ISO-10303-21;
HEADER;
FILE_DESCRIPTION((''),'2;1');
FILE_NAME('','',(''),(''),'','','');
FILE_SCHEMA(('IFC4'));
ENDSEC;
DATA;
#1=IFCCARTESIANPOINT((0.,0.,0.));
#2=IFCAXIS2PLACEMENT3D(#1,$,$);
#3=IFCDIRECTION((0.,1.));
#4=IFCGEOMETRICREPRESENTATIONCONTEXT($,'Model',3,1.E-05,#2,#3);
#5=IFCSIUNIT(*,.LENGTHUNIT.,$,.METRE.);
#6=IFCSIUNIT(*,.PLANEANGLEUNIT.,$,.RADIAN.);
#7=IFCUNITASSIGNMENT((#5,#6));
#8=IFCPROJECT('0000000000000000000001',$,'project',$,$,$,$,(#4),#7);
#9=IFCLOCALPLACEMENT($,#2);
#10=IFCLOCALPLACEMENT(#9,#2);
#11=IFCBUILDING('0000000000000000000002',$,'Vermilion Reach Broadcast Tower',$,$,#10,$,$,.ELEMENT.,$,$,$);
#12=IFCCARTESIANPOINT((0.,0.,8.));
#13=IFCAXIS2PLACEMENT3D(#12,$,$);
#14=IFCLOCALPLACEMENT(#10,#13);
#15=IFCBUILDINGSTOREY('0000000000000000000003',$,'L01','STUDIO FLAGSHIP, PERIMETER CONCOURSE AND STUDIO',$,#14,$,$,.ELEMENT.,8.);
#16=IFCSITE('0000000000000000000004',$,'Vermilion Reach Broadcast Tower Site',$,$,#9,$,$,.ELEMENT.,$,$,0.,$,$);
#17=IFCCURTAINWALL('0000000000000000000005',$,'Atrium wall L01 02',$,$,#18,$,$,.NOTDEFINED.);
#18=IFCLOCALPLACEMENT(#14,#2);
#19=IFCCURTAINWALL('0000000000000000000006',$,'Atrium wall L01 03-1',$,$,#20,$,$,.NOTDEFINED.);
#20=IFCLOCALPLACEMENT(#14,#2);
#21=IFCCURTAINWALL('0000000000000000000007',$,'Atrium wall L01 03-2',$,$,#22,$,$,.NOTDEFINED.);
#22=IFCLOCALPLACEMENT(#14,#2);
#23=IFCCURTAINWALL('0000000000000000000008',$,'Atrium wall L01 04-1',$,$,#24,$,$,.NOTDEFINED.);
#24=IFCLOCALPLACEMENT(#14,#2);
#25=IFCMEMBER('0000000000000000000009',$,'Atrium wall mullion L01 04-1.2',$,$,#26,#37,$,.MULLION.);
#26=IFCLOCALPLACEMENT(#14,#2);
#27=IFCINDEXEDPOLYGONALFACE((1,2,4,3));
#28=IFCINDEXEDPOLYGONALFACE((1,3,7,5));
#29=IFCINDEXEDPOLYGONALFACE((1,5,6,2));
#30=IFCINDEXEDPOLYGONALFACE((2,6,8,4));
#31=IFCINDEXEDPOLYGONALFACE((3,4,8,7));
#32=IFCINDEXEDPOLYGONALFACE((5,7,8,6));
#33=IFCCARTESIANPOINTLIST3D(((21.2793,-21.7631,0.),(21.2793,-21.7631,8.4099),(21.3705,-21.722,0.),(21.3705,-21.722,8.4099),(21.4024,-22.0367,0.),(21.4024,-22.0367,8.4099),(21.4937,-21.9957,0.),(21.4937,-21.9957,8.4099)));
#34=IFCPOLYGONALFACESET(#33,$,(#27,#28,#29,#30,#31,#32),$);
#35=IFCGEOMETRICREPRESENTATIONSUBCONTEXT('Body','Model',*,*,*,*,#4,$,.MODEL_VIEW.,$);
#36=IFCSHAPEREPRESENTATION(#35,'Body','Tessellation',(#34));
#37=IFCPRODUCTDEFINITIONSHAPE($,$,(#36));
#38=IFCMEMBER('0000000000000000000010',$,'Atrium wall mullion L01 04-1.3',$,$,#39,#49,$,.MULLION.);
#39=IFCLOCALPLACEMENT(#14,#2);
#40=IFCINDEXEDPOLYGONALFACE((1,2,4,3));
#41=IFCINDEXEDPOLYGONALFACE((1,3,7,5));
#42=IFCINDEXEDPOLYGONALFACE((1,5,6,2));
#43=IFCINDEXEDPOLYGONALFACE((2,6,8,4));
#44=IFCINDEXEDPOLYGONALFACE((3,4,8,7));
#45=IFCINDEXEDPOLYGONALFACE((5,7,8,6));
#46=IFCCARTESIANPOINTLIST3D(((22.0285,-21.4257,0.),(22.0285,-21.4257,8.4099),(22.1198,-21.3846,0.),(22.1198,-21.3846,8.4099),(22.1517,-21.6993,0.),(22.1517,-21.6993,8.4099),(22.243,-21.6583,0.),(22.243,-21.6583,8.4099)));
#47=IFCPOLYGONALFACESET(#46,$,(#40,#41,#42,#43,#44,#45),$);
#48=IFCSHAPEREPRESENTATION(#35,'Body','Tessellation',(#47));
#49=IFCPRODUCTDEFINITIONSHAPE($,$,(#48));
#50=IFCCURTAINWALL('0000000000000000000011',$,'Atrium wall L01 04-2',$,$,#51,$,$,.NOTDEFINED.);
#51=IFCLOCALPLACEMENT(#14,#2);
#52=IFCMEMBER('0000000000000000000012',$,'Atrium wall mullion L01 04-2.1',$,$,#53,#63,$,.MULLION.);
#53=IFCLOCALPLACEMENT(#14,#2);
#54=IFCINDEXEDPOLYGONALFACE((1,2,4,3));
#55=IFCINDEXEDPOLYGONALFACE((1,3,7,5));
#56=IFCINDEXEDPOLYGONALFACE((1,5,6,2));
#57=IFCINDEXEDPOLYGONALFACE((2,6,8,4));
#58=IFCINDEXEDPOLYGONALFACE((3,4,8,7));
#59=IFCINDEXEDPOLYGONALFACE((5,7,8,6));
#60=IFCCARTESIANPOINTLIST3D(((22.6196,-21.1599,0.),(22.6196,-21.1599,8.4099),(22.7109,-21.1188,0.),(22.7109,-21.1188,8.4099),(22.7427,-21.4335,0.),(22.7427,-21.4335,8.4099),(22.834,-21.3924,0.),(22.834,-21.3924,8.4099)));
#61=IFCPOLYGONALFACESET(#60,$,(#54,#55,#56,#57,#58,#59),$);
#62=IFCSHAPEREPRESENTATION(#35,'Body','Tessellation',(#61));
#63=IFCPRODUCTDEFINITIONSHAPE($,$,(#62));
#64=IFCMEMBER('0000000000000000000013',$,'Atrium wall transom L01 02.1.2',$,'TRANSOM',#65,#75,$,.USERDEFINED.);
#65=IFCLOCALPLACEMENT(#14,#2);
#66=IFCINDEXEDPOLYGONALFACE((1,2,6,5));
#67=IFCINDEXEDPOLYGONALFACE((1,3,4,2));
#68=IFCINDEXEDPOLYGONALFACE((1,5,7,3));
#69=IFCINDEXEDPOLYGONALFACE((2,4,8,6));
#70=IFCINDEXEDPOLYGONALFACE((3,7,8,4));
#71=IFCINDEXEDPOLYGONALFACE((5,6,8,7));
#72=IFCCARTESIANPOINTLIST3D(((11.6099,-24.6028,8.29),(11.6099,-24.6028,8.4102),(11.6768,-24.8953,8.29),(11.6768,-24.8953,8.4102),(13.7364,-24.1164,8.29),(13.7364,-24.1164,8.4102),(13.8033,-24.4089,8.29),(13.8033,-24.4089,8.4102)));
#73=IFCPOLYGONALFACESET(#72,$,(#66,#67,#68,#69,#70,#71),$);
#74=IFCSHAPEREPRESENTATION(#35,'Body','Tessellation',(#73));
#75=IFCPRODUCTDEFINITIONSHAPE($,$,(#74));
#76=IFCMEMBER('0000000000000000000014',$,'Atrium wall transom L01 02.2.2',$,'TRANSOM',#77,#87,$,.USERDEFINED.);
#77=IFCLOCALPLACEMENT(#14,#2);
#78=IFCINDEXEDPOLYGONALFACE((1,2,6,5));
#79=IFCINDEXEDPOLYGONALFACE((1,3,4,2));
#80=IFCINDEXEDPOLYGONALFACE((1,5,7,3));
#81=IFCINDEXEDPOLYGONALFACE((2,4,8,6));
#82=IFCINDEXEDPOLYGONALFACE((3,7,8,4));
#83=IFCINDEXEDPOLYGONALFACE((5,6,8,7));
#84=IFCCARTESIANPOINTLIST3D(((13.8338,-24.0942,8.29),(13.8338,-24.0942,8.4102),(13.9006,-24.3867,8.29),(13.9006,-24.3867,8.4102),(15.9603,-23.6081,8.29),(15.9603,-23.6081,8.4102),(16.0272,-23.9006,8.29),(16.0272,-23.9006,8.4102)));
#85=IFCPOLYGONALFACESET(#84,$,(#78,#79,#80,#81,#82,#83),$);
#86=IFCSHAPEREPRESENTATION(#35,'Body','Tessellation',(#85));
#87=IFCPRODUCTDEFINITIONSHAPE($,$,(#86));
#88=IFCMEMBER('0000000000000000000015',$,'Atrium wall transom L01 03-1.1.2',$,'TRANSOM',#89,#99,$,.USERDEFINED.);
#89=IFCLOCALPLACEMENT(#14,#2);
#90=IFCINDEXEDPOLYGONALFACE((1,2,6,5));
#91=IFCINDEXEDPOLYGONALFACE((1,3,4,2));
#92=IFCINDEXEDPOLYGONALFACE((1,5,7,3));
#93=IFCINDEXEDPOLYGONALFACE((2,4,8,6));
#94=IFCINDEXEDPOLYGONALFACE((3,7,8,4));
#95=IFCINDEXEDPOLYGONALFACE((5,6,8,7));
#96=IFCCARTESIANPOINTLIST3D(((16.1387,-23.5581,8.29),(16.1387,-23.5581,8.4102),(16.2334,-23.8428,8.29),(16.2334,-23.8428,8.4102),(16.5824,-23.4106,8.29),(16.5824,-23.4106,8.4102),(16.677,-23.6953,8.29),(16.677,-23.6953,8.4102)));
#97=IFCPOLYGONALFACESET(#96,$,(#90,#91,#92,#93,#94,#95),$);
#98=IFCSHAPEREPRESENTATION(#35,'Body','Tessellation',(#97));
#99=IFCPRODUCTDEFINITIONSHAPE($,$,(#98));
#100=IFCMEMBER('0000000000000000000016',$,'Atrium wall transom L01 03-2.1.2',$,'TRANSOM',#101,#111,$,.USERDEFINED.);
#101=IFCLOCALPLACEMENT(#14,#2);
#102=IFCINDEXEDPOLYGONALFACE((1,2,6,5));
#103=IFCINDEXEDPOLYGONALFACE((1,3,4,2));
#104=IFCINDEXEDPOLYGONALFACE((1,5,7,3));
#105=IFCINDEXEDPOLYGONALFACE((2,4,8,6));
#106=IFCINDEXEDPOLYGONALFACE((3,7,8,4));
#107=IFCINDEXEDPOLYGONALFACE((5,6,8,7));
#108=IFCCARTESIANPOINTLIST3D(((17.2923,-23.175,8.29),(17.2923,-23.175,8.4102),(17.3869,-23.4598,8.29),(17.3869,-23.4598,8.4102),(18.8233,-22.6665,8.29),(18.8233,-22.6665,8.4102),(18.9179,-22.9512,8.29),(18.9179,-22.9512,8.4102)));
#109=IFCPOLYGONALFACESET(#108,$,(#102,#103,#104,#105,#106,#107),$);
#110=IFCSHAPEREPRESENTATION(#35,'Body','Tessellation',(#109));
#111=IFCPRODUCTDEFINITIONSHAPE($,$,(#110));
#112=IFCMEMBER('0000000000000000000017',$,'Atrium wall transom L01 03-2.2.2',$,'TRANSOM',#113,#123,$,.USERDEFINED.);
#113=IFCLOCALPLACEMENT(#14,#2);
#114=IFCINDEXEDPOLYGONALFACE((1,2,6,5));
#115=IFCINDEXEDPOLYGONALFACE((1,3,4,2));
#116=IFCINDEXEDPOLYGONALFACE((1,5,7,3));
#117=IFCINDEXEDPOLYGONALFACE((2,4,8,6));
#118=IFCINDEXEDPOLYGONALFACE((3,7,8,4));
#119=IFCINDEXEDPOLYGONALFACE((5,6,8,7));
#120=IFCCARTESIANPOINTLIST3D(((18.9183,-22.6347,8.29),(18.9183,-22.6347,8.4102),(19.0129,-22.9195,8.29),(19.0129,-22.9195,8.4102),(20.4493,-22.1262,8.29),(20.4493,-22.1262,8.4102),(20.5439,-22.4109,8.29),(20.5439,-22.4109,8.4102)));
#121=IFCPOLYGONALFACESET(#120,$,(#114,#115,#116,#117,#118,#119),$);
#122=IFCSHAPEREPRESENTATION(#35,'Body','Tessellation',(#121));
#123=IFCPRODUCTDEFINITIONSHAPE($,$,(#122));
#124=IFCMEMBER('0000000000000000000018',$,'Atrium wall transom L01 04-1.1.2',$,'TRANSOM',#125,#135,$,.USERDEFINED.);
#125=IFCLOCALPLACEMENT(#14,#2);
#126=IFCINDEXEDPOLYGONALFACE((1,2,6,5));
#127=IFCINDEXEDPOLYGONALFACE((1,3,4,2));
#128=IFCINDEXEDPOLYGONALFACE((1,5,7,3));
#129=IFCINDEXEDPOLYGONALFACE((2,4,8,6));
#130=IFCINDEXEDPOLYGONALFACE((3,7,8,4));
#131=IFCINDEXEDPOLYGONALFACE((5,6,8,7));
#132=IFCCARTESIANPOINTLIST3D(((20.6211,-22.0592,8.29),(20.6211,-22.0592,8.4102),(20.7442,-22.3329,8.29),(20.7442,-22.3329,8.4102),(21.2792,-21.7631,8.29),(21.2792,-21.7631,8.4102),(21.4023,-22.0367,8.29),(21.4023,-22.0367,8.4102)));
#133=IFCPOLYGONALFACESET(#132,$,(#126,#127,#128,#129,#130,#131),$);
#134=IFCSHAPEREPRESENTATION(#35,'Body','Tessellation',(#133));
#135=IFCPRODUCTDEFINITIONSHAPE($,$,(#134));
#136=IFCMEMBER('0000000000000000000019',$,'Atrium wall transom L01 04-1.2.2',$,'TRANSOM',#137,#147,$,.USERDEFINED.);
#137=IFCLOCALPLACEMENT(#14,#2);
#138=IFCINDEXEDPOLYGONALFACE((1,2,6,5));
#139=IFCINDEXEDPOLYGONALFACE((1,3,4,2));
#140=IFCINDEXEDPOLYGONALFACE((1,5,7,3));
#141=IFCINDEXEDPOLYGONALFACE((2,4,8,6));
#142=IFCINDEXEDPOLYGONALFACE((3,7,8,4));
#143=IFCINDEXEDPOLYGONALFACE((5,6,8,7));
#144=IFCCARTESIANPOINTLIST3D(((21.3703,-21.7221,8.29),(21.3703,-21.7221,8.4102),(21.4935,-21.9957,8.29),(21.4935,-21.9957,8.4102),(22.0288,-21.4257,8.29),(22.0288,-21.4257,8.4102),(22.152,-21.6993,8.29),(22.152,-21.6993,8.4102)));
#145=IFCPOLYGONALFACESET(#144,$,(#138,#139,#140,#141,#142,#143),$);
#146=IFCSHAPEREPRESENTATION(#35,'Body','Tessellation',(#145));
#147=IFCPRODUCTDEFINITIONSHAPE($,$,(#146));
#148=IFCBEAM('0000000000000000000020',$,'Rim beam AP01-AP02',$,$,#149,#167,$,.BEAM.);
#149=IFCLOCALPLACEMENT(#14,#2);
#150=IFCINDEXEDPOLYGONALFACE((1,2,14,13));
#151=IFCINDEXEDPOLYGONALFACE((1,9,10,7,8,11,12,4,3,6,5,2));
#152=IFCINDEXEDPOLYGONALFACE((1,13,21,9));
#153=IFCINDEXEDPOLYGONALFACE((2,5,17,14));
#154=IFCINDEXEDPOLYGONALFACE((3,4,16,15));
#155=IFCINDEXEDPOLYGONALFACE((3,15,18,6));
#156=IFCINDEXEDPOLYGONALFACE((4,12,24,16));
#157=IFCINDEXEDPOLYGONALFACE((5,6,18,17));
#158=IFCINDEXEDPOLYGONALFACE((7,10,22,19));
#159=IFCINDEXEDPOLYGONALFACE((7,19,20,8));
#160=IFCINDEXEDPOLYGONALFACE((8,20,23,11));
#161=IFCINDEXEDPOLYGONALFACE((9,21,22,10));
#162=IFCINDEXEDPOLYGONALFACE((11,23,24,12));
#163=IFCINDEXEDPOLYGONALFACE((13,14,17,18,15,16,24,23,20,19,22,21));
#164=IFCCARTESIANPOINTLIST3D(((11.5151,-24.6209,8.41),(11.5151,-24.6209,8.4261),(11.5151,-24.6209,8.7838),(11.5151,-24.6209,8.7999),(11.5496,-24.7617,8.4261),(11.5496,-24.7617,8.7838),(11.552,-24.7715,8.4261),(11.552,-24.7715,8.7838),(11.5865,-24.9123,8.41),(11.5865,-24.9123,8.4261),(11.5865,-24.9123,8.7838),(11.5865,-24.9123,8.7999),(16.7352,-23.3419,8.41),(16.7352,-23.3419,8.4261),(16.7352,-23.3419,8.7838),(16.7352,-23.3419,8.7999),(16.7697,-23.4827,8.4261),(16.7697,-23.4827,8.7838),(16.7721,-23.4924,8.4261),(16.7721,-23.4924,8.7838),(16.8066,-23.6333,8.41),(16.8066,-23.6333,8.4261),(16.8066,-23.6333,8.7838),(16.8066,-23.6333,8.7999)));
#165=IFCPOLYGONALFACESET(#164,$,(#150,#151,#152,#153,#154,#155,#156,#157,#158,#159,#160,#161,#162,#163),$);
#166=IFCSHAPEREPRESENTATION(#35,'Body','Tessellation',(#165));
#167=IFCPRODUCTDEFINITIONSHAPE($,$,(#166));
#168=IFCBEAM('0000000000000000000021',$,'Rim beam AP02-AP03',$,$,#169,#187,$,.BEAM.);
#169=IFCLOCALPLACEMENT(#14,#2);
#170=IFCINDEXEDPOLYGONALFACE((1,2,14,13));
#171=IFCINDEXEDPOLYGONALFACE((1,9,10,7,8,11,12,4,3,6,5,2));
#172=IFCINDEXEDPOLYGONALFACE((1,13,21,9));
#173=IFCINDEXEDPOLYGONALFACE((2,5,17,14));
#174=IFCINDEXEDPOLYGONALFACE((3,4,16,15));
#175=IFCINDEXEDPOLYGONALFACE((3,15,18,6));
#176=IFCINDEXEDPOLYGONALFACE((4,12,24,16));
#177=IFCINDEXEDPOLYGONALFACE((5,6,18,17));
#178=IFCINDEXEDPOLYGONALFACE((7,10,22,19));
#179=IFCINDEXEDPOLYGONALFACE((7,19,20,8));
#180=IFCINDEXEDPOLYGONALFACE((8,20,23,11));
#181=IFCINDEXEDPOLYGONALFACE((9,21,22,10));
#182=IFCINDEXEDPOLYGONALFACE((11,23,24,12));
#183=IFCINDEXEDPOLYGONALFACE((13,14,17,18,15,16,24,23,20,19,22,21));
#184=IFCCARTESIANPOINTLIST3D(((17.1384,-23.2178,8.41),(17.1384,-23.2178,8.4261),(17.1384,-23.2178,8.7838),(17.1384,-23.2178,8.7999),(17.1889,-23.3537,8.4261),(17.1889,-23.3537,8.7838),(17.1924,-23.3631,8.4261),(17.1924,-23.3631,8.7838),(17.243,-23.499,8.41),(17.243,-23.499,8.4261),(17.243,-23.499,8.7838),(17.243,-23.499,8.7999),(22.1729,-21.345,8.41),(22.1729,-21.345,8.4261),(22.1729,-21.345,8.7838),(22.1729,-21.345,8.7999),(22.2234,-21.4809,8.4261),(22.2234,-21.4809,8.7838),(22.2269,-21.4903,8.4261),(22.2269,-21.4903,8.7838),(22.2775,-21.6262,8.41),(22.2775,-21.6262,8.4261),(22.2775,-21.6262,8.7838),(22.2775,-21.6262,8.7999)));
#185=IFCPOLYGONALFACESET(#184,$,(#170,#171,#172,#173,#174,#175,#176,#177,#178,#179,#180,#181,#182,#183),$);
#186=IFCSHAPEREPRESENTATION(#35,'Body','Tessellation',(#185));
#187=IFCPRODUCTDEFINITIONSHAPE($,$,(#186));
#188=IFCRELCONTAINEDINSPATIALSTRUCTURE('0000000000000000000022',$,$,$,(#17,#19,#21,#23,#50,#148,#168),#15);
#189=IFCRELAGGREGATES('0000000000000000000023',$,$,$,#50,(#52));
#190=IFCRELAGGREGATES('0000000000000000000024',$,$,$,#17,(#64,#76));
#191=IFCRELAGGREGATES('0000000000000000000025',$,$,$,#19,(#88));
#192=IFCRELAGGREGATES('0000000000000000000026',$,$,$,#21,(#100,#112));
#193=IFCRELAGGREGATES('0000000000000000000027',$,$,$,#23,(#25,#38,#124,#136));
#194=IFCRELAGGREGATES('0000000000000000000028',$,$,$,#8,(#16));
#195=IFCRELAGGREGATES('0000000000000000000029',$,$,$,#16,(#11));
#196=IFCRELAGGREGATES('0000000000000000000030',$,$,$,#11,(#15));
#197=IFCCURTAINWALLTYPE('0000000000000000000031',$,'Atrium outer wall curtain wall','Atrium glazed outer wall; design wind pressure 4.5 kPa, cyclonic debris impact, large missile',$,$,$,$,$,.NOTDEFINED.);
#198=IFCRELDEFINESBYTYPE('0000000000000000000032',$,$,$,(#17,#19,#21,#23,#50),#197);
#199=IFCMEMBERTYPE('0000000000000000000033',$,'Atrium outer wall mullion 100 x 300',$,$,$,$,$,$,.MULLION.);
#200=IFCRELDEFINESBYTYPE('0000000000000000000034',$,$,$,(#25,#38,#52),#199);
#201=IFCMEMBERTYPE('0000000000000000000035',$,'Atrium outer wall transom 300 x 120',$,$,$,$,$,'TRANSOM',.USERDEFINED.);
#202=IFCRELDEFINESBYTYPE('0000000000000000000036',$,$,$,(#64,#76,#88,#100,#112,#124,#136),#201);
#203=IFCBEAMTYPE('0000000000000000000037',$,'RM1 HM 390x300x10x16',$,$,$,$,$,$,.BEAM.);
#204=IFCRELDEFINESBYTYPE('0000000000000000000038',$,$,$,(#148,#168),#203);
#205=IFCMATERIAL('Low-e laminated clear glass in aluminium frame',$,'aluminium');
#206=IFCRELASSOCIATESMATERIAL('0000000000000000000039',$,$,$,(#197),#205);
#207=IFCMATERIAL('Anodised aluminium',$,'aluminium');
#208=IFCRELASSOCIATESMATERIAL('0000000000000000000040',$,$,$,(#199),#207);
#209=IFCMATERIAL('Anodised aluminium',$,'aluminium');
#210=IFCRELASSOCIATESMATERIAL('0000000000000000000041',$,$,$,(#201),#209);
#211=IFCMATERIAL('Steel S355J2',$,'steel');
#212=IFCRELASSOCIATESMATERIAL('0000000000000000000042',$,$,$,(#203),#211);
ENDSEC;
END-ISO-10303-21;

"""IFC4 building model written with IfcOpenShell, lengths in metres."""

from ifc_helpers import new_model, si_unit, direction, frame, origin, origin_2d, place, context, subcontext, project, spatial, rectangle, i_section, extrude, material, material_profile, profile_set, type_object, element, aggregate, save


model = new_model("IFC4")

# Units and contexts
model_context = context("Model", 3, precision=1e-05, world=origin(), true_north=direction((0.0, 1.0)))
body_context = subcontext(model_context, "Body", "Model", "MODEL_VIEW")
ifc_project = project(units=[si_unit("LENGTHUNIT", "METRE"), si_unit("PLANEANGLEUNIT", "RADIAN")], contexts=[model_context])

# Site, building, storey
site_placement = place(None, origin())
site = spatial("IfcSite", under=ifc_project, at=site_placement, Name="Vermilion Reach Broadcast Tower Site", CompositionType="ELEMENT", RefElevation=0.0)
building_placement = place(site_placement, origin())
building = spatial("IfcBuilding", under=site, at=building_placement, Name="Vermilion Reach Broadcast Tower", CompositionType="ELEMENT")
storey_placement = place(building_placement, frame((0.0, 0.0, 8.0)))
storey = spatial("IfcBuildingStorey", under=building, at=storey_placement, Name="L01", Description="STUDIO FLAGSHIP, PERIMETER CONCOURSE AND STUDIO", CompositionType="ELEMENT", Elevation=8.0)

# Shared definitions
ifc_material_1 = material(Name="Low-e laminated clear glass in aluminium frame", Category="aluminium")
curtain_wall_type = type_object("IfcCurtainWallType", Name="Atrium outer wall curtain wall", Description="Atrium glazed outer wall; design wind pressure 4.5 kPa, cyclonic debris impact, large missile", PredefinedType="NOTDEFINED", material=ifc_material_1)
placement = place(storey_placement, origin())
ifc_material_2 = material(Name="Anodised aluminium", Category="aluminium")
ifc_material_profile_1 = material_profile(ifc_material_2, rectangle(XDim=0.3, YDim=0.1001, at=origin_2d()), Name="Atrium outer wall mullion 100 x 300")
ifc_profile_set_1 = profile_set([ifc_material_profile_1], Name="Anodised aluminium")
member_type_1 = type_object("IfcMemberType", Name="Atrium outer wall mullion 100 x 300", PredefinedType="MULLION", material=ifc_profile_set_1)

# Curtain walls, members
curtain_wall_1 = element("IfcCurtainWall", 1, at=placement, inside=storey, type_object=curtain_wall_type, Name="Atrium wall L01 02", PredefinedType="NOTDEFINED")
curtain_wall_2 = element("IfcCurtainWall", 2, at=placement, inside=storey, type_object=curtain_wall_type, Name="Atrium wall L01 03-1", PredefinedType="NOTDEFINED")
curtain_wall_3 = element("IfcCurtainWall", 3, at=placement, inside=storey, type_object=curtain_wall_type, Name="Atrium wall L01 03-2", PredefinedType="NOTDEFINED")
curtain_wall_4 = element("IfcCurtainWall", 4, at=placement, inside=storey, type_object=curtain_wall_type, Name="Atrium wall L01 04-1", PredefinedType="NOTDEFINED")
member_1_placement = place(storey_placement, frame((21.3865, -21.8794, 0.0), z_axis=(0.0, 0.0, 1.0), x_axis=(-0.410408, 0.911902, 0.0)))
member_1 = element("IfcMember", 5, at=member_1_placement, type_object=member_type_1, Name="Atrium wall mullion L01 04-1.2", PredefinedType="MULLION", context=body_context, shape_type="SweptSolid", body=[
    extrude(rectangle(XDim=0.3, YDim=0.1001, at=origin_2d()), origin(), (0.0, 0.0, 1.0), 8.4099),
])
member_2_placement = place(storey_placement, frame((22.1357, -21.542, 0.0), z_axis=(0.0, 0.0, 1.0), x_axis=(-0.410408, 0.911902, 0.0)))
member_2 = element("IfcMember", 6, at=member_2_placement, type_object=member_type_1, Name="Atrium wall mullion L01 04-1.3", PredefinedType="MULLION", context=body_context, shape_type="SweptSolid", body=[
    extrude(rectangle(XDim=0.3, YDim=0.1001, at=origin_2d()), origin(), (0.0, 0.0, 1.0), 8.4099),
])

# Curtain wall, member
curtain_wall_5 = element("IfcCurtainWall", 7, at=placement, inside=storey, type_object=curtain_wall_type, Name="Atrium wall L01 04-2", PredefinedType="NOTDEFINED")
member_3_placement = place(storey_placement, frame((22.7268, -21.2761, 0.0), z_axis=(0.0, 0.0, 1.0), x_axis=(-0.410408, 0.911902, 0.0)))
member_3 = element("IfcMember", 8, at=member_3_placement, type_object=member_type_1, Name="Atrium wall mullion L01 04-2.1", PredefinedType="MULLION", context=body_context, shape_type="SweptSolid", body=[
    extrude(rectangle(XDim=0.3, YDim=0.1001, at=origin_2d()), origin(), (0.0, 0.0, 1.0), 8.4099),
])
aggregate(curtain_wall_5, [member_3])

# Members
ifc_material_3 = material(Name="Anodised aluminium", Category="aluminium")
ifc_material_profile_2 = material_profile(ifc_material_3, rectangle(XDim=0.3, YDim=0.1201, at=origin_2d()), Name="Atrium outer wall transom 300 x 120")
ifc_profile_set_2 = profile_set([ifc_material_profile_2], Name="Anodised aluminium")
member_type_2 = type_object("IfcMemberType", Name="Atrium outer wall transom 300 x 120", ElementType="TRANSOM", PredefinedType="USERDEFINED", material=ifc_profile_set_2)
member_4_placement = place(storey_placement, frame((11.6433, -24.749, 8.3501), z_axis=(0.974831, 0.222946, 0.0), x_axis=(-0.222946, 0.974831, 0.0)))
member_4 = element("IfcMember", 9, at=member_4_placement, type_object=member_type_2, Name="Atrium wall transom L01 02.1.2", ObjectType="TRANSOM", PredefinedType="USERDEFINED", context=body_context, shape_type="SweptSolid", body=[
    extrude(rectangle(XDim=0.3, YDim=0.1201, at=origin_2d()), origin(), (0.0, 0.0, 1.0), 2.1814),
])
member_5_placement = place(storey_placement, frame((13.8672, -24.2405, 8.3501), z_axis=(0.974855, 0.22284, 0.0), x_axis=(-0.22284, 0.974855, 0.0)))
member_5 = element("IfcMember", 10, at=member_5_placement, type_object=member_type_2, Name="Atrium wall transom L01 02.2.2", ObjectType="TRANSOM", PredefinedType="USERDEFINED", context=body_context, shape_type="SweptSolid", body=[
    extrude(rectangle(XDim=0.3, YDim=0.1201, at=origin_2d()), origin(), (0.0, 0.0, 1.0), 2.1814),
])
member_6_placement = place(storey_placement, frame((16.186, -23.7004, 8.3501), z_axis=(0.948944, 0.315444, 0.0), x_axis=(-0.315444, 0.948944, 0.0)))
member_6 = element("IfcMember", 11, at=member_6_placement, type_object=member_type_2, Name="Atrium wall transom L01 03-1.1.2", ObjectType="TRANSOM", PredefinedType="USERDEFINED", context=body_context, shape_type="SweptSolid", body=[
    extrude(rectangle(XDim=0.3, YDim=0.1201, at=origin_2d()), origin(), (0.0, 0.0, 1.0), 0.4675),
])
member_7_placement = place(storey_placement, frame((17.3396, -23.3174, 8.3501), z_axis=(0.949016, 0.315229, 0.0), x_axis=(-0.315229, 0.949016, 0.0)))
member_7 = element("IfcMember", 12, at=member_7_placement, type_object=member_type_2, Name="Atrium wall transom L01 03-2.1.2", ObjectType="TRANSOM", PredefinedType="USERDEFINED", context=body_context, shape_type="SweptSolid", body=[
    extrude(rectangle(XDim=0.3, YDim=0.1201, at=origin_2d()), origin(), (0.0, 0.0, 1.0), 1.6133),
])
member_8_placement = place(storey_placement, frame((18.9656, -22.7771, 8.3501), z_axis=(0.949016, 0.315229, 0.0), x_axis=(-0.315229, 0.949016, 0.0)))
member_8 = element("IfcMember", 13, at=member_8_placement, type_object=member_type_2, Name="Atrium wall transom L01 03-2.2.2", ObjectType="TRANSOM", PredefinedType="USERDEFINED", context=body_context, shape_type="SweptSolid", body=[
    extrude(rectangle(XDim=0.3, YDim=0.1201, at=origin_2d()), origin(), (0.0, 0.0, 1.0), 1.6133),
])
member_9_placement = place(storey_placement, frame((20.6826, -22.196, 8.3501), z_axis=(0.911947, 0.410308, 0.0), x_axis=(-0.410308, 0.911947, 0.0)))
member_9 = element("IfcMember", 14, at=member_9_placement, type_object=member_type_2, Name="Atrium wall transom L01 04-1.1.2", ObjectType="TRANSOM", PredefinedType="USERDEFINED", context=body_context, shape_type="SweptSolid", body=[
    extrude(rectangle(XDim=0.3, YDim=0.1201, at=origin_2d()), origin(), (0.0, 0.0, 1.0), 0.7217),
])
member_10_placement = place(storey_placement, frame((21.4319, -21.8589, 8.3501), z_axis=(0.911877, 0.410463, 0.0), x_axis=(-0.410463, 0.911877, 0.0)))
member_10 = element("IfcMember", 15, at=member_10_placement, type_object=member_type_2, Name="Atrium wall transom L01 04-1.2.2", ObjectType="TRANSOM", PredefinedType="USERDEFINED", context=body_context, shape_type="SweptSolid", body=[
    extrude(rectangle(XDim=0.3, YDim=0.1201, at=origin_2d()), origin(), (0.0, 0.0, 1.0), 0.7222),
])

# Beams
ifc_material_4 = material(Name="Steel S355J2", Category="steel")
ifc_material_profile_3 = material_profile(ifc_material_4, i_section(OverallWidth=0.3, OverallDepth=0.3899, WebThickness=0.01, FlangeThickness=0.0161, at=origin_2d()), Name="S355J2 HM 390x300x10x16")
ifc_profile_set_3 = profile_set([ifc_material_profile_3], Name="Steel S355J2")
beam_type = type_object("IfcBeamType", Name="RM1 HM 390x300x10x16", PredefinedType="BEAM", material=ifc_profile_set_3)
beam_1_placement = place(storey_placement, frame((11.5508, -24.7666, 8.605), z_axis=(0.97127, 0.23798, 0.0), x_axis=(-0.23798, 0.97127, 0.0)))
element("IfcBeam", 16, at=beam_1_placement, inside=storey, type_object=beam_type, Name="Rim beam AP01-AP02", PredefinedType="BEAM", context=body_context, shape_type="SweptSolid", body=[
    extrude(i_section(OverallWidth=0.3, OverallDepth=0.3899, WebThickness=0.01, FlangeThickness=0.0161, at=origin_2d()), origin(), (0.0, 0.0, 1.0), 5.3745),
])
beam_2_placement = place(storey_placement, frame((17.1907, -23.3584, 8.605), z_axis=(0.937251, 0.348657, 0.0), x_axis=(-0.348657, 0.937251, 0.0)))
element("IfcBeam", 17, at=beam_2_placement, inside=storey, type_object=beam_type, Name="Rim beam AP02-AP03", PredefinedType="BEAM", context=body_context, shape_type="SweptSolid", body=[
    extrude(i_section(OverallWidth=0.3, OverallDepth=0.3899, WebThickness=0.01, FlangeThickness=0.0161, at=origin_2d()), origin(), (0.0, 0.0, 1.0), 5.3716),
])

aggregate(curtain_wall_1, [member_4, member_5])
aggregate(curtain_wall_2, [member_6])
aggregate(curtain_wall_3, [member_7, member_8])
aggregate(curtain_wall_4, [member_1, member_2, member_9, member_10])

save(model, "model.ifc")
